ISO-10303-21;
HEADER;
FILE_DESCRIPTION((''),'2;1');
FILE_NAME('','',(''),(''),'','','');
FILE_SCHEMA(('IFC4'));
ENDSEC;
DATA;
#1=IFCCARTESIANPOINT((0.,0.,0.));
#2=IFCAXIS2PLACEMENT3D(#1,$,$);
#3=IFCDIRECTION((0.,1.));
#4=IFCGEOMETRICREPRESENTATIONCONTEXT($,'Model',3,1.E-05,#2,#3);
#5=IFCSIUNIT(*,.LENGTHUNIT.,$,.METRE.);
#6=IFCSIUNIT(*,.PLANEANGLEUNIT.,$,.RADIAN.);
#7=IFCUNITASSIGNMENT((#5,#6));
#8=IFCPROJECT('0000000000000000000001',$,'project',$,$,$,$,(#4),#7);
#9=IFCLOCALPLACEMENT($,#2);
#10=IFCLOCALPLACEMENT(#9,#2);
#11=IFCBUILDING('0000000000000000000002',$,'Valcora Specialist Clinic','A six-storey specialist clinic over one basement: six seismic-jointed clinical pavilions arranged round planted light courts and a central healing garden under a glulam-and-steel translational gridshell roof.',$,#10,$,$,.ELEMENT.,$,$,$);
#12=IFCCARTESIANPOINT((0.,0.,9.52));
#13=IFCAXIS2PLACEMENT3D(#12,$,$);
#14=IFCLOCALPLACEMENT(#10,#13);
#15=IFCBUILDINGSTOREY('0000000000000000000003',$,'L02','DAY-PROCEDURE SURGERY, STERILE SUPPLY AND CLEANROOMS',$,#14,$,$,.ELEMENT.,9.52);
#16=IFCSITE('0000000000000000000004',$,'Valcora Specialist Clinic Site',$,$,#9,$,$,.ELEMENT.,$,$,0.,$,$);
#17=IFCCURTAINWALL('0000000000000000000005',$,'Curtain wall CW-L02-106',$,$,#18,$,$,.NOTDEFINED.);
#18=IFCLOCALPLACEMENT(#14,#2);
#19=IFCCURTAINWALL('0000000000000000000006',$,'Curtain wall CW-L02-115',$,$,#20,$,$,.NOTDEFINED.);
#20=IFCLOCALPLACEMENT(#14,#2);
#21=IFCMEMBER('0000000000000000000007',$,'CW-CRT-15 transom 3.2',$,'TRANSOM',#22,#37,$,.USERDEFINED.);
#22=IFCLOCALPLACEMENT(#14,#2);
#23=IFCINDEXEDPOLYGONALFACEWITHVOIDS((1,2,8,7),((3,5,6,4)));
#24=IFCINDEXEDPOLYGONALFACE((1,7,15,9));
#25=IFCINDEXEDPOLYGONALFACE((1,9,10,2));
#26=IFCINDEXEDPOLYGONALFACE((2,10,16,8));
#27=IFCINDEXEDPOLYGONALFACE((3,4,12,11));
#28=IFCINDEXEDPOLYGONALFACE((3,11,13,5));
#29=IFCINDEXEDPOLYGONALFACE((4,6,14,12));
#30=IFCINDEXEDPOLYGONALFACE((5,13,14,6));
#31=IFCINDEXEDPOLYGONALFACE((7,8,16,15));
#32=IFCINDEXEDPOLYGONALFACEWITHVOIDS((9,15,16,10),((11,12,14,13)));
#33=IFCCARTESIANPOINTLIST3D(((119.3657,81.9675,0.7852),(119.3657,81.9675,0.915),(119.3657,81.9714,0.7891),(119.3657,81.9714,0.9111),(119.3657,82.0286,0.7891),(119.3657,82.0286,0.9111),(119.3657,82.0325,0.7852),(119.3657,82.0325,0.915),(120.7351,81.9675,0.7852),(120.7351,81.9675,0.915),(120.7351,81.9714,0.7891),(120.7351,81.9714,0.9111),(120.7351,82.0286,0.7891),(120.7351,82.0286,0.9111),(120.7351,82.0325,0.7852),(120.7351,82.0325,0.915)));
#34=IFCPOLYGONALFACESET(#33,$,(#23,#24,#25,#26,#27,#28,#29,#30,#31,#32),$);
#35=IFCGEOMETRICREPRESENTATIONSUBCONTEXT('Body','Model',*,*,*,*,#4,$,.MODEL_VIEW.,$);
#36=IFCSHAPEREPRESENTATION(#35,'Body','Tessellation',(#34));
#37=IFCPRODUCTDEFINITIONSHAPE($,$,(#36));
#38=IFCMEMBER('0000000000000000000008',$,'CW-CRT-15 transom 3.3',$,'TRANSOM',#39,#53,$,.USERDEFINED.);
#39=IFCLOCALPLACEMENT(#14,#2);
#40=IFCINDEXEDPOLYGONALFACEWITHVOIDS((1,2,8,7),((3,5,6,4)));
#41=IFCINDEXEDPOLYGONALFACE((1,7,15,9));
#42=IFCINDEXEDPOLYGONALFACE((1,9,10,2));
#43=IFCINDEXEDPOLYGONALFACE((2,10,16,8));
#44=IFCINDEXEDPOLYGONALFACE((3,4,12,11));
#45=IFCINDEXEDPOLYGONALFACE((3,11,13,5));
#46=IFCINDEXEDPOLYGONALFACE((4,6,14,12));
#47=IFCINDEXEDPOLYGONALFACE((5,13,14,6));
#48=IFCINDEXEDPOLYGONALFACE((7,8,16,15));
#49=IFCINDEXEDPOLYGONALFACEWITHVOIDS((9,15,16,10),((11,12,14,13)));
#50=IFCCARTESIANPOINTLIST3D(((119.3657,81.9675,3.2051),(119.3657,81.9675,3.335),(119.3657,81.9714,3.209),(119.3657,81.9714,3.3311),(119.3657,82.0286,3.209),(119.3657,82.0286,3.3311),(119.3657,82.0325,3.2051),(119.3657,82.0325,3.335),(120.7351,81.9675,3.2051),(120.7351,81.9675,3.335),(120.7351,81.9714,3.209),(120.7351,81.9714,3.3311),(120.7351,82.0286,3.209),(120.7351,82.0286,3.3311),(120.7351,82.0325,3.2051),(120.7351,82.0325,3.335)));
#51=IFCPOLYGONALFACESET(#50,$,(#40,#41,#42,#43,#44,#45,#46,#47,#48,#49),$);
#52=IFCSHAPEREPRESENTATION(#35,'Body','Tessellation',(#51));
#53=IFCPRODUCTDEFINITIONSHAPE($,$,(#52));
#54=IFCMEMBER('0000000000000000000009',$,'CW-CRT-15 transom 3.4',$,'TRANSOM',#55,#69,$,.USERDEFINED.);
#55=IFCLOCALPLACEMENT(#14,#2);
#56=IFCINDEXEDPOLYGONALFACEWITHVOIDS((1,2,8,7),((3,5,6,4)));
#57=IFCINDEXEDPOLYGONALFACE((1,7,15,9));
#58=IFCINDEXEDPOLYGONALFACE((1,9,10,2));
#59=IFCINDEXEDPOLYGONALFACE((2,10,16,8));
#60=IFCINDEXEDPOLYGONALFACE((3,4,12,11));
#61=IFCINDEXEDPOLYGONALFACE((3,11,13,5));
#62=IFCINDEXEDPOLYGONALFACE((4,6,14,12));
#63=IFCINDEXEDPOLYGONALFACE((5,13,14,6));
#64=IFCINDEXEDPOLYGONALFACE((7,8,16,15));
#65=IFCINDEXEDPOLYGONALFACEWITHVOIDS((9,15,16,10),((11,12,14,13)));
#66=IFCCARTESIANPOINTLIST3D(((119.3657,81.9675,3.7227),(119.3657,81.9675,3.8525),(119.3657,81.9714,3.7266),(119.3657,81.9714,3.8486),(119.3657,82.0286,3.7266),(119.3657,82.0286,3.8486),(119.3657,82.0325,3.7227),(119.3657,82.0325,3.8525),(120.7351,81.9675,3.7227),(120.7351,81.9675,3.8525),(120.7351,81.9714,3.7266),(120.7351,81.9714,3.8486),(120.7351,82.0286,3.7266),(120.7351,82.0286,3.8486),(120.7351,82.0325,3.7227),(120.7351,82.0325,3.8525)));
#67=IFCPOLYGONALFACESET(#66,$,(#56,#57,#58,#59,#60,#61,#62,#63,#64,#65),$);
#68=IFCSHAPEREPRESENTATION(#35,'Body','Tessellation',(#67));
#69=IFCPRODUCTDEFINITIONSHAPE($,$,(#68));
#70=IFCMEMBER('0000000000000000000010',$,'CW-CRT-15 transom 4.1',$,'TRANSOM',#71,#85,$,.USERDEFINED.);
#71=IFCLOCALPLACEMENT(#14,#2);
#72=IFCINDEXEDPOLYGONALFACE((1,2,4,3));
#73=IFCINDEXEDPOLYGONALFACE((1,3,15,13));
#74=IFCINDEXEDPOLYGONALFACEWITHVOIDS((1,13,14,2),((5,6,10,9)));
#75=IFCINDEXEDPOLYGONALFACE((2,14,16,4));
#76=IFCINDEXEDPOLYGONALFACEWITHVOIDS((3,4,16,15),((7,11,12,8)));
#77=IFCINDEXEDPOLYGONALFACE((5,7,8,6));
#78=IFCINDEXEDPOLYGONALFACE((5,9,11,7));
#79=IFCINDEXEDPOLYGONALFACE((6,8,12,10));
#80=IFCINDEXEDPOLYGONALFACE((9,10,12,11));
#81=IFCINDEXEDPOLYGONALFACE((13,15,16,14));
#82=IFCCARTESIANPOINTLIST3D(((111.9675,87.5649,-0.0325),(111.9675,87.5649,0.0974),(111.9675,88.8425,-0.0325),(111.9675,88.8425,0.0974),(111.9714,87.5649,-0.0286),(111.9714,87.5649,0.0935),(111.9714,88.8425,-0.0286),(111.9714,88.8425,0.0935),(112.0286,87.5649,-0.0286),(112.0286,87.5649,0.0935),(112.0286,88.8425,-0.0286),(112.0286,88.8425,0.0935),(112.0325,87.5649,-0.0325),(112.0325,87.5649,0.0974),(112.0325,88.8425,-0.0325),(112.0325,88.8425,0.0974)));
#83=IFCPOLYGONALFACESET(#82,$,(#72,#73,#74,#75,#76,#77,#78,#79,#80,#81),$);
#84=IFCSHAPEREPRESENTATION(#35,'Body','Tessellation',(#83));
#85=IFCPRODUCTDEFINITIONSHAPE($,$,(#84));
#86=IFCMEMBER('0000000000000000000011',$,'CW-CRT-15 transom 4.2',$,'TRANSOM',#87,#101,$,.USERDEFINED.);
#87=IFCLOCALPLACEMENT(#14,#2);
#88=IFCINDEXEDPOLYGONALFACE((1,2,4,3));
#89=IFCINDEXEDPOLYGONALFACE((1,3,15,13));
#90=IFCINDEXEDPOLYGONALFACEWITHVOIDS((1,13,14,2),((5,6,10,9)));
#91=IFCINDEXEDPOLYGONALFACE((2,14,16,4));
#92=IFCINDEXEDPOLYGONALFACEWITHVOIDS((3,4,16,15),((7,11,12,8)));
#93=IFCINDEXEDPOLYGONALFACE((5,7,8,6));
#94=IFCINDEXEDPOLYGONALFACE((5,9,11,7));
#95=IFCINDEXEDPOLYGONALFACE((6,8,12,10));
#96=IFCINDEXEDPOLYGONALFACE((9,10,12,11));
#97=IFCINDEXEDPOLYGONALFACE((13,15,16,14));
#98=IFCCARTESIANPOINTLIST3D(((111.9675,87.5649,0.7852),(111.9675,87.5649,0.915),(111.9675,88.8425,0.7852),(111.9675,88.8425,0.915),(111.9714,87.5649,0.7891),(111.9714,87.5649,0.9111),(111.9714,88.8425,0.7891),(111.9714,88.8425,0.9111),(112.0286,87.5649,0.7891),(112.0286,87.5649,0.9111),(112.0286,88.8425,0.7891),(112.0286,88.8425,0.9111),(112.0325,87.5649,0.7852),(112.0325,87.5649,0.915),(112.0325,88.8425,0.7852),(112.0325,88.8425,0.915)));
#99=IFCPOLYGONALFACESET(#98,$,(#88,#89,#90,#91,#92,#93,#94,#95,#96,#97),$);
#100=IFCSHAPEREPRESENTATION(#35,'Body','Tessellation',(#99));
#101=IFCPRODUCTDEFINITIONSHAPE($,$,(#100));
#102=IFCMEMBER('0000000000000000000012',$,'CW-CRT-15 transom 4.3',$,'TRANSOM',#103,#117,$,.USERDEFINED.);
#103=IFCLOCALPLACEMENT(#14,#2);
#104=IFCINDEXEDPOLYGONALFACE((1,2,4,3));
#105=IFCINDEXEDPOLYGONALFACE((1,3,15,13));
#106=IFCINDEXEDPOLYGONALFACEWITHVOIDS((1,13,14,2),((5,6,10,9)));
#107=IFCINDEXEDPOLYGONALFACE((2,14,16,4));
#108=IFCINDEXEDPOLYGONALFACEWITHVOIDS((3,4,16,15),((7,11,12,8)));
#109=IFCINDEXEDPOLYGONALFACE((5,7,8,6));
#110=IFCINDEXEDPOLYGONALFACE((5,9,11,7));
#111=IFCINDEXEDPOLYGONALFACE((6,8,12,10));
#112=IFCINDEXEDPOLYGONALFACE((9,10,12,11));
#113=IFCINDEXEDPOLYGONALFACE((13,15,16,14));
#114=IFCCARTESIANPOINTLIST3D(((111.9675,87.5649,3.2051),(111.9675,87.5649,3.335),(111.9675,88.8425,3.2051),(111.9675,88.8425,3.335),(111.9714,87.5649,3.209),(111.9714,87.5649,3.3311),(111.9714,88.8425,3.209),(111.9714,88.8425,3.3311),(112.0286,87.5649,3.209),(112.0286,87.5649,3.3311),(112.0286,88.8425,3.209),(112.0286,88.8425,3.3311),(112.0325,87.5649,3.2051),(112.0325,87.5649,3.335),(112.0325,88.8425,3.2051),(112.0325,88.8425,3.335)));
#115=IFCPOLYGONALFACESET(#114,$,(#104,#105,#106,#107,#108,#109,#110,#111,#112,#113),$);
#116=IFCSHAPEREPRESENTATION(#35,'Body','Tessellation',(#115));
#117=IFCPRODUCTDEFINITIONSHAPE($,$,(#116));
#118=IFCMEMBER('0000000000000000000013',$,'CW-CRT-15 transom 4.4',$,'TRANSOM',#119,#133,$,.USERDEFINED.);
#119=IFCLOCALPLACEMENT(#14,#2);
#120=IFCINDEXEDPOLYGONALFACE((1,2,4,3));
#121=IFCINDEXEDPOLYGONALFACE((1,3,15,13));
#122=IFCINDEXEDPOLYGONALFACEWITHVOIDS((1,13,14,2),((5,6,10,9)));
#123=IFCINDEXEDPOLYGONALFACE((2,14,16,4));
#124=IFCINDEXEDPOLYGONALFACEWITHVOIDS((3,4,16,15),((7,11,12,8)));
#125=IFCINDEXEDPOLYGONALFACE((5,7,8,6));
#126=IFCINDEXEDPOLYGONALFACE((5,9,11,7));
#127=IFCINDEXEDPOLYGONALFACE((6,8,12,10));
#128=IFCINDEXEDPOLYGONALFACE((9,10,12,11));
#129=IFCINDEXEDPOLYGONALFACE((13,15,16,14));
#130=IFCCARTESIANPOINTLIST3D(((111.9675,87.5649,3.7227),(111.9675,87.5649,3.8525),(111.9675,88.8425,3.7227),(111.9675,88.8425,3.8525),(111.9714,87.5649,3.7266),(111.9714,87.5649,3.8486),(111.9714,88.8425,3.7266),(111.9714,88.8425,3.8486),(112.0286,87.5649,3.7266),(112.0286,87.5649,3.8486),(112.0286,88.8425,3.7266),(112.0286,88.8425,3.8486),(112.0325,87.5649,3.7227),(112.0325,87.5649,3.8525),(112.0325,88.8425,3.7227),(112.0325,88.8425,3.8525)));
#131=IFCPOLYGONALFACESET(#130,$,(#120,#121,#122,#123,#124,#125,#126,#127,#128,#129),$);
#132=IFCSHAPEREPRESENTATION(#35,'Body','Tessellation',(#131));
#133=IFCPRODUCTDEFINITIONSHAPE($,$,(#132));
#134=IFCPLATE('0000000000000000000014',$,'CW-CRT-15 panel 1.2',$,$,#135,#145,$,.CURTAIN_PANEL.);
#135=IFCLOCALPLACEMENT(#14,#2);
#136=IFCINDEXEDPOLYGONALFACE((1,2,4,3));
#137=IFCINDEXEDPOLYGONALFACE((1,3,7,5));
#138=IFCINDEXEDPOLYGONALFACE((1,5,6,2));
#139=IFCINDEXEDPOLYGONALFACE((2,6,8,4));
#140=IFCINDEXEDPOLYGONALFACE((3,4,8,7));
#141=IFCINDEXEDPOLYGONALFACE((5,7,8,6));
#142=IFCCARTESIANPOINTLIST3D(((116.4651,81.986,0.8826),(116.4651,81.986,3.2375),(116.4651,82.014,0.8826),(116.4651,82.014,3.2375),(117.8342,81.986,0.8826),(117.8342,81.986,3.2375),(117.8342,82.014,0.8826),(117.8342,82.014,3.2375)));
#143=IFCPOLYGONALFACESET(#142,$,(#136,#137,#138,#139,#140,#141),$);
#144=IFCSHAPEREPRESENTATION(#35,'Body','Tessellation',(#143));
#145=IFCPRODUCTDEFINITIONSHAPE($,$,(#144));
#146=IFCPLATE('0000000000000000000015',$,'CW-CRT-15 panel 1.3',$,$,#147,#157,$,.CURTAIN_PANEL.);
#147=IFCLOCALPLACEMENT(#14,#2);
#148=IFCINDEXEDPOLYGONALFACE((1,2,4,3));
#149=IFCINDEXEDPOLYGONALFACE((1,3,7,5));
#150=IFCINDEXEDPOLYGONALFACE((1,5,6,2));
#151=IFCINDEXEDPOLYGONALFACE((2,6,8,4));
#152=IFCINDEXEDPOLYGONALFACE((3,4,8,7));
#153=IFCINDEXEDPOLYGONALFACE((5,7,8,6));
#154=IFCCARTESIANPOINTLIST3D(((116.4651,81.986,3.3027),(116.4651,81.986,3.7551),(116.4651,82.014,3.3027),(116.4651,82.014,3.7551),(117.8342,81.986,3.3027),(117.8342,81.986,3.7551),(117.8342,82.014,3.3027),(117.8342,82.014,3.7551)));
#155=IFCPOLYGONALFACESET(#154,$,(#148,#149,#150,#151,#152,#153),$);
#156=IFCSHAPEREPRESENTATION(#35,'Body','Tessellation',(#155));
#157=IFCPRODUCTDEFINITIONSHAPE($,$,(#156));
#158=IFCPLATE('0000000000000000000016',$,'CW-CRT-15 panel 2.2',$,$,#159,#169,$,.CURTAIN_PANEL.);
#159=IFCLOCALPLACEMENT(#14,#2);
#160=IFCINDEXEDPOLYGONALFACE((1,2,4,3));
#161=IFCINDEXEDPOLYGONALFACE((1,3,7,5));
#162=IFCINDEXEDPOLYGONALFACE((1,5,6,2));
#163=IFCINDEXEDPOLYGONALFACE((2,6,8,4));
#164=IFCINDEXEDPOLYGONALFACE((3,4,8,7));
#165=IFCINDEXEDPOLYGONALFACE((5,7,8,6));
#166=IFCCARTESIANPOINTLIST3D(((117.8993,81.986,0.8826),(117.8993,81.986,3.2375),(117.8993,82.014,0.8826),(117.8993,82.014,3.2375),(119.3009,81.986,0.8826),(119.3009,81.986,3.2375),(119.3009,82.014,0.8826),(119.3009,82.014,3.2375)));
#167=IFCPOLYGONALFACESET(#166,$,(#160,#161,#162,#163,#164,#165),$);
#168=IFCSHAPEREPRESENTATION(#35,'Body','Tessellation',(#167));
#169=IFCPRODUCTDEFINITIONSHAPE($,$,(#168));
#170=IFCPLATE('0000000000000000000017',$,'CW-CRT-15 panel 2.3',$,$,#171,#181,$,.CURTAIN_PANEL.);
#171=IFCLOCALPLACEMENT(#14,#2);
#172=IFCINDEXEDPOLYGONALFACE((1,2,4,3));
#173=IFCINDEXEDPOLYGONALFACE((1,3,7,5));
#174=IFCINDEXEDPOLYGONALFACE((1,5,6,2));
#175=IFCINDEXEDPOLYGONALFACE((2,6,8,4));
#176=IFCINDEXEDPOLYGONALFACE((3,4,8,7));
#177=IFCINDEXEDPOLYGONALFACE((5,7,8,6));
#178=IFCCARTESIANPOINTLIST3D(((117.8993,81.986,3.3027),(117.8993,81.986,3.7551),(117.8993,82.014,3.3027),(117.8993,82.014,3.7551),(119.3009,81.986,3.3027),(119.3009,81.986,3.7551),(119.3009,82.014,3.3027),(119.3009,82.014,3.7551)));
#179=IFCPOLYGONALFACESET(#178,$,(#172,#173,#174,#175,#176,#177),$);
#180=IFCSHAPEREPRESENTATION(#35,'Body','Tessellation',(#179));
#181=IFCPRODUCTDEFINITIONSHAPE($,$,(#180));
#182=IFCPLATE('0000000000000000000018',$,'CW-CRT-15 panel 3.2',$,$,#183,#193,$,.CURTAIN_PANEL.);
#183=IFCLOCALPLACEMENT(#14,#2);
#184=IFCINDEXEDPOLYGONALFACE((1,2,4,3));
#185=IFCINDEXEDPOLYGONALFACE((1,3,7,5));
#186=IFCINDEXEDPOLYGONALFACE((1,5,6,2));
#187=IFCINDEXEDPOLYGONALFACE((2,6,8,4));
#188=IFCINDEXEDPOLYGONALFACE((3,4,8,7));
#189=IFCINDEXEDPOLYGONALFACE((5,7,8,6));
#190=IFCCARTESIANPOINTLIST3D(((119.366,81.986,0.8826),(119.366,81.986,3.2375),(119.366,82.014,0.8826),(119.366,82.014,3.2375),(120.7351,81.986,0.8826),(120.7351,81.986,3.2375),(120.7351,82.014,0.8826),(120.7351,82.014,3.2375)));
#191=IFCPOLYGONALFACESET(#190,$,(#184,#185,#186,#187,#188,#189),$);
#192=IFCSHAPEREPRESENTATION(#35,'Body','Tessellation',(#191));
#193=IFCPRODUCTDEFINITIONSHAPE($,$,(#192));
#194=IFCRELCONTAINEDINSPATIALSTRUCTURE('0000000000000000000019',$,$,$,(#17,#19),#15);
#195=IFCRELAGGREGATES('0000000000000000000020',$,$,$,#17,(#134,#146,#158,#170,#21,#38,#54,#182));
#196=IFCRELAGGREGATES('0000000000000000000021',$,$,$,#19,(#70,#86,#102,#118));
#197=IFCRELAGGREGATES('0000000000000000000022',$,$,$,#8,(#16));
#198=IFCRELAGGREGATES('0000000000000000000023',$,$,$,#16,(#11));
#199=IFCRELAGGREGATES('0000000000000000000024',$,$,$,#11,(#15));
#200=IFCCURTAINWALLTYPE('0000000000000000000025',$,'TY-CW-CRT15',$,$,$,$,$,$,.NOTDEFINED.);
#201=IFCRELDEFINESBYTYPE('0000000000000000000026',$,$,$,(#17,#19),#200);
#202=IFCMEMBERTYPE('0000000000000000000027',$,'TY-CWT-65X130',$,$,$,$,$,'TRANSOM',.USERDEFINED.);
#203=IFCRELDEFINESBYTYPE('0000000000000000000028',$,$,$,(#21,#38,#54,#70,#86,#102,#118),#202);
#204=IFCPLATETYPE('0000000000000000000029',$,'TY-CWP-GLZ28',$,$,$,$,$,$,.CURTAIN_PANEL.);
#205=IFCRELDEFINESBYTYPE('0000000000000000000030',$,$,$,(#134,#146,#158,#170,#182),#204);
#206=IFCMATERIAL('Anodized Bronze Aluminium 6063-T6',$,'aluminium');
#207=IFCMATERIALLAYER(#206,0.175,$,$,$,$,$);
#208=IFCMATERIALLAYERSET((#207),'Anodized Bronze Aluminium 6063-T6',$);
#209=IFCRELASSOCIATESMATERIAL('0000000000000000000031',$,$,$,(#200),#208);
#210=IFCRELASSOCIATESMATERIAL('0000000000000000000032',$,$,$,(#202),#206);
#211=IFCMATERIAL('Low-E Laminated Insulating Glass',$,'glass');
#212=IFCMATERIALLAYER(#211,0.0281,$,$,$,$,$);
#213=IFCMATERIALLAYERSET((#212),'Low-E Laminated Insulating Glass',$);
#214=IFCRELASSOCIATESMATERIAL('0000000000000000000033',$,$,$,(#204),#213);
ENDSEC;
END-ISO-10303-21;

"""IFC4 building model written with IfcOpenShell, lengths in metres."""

from ifc_helpers import new_model, si_unit, direction, frame, origin, origin_2d, place, context, subcontext, project, spatial, rectangle, hollow_rectangle, extrude, material, layer, layer_set, material_profile, profile_set, type_object, element, aggregate, save


model = new_model("IFC4")

# Units and contexts
model_context = context("Model", 3, precision=1e-05, world=origin(), true_north=direction((0.0, 1.0)))
body_context = subcontext(model_context, "Body", "Model", "MODEL_VIEW")
ifc_project = project(units=[si_unit("LENGTHUNIT", "METRE"), si_unit("PLANEANGLEUNIT", "RADIAN")], contexts=[model_context])

# Site, building, storey
site_placement = place(None, origin())
site = spatial("IfcSite", under=ifc_project, at=site_placement, Name="Valcora Specialist Clinic Site", CompositionType="ELEMENT", RefElevation=0.0)
building_placement = place(site_placement, origin())
building = spatial("IfcBuilding", under=site, at=building_placement, Name="Valcora Specialist Clinic", Description="A six-storey specialist clinic over one basement: six seismic-jointed clinical pavilions arranged round planted light courts and a central healing garden under a glulam-and-steel translational gridshell roof.", CompositionType="ELEMENT")
storey_placement = place(building_placement, frame((0.0, 0.0, 9.52)))
storey = spatial("IfcBuildingStorey", under=building, at=storey_placement, Name="L02", Description="DAY-PROCEDURE SURGERY, STERILE SUPPLY AND CLEANROOMS", CompositionType="ELEMENT", Elevation=9.52)

# Curtain walls
ifc_material_1 = material(Name="Anodized Bronze Aluminium 6063-T6", Category="aluminium")
ifc_layer_1 = layer(ifc_material_1, 0.175)
ifc_layer_set_1 = layer_set([ifc_layer_1], Name="Anodized Bronze Aluminium 6063-T6")
curtain_wall_type = type_object("IfcCurtainWallType", Name="TY-CW-CRT15", PredefinedType="NOTDEFINED", material=ifc_layer_set_1)
curtain_wall_1_placement = place(storey_placement, origin())
curtain_wall_1 = element("IfcCurtainWall", 1, at=curtain_wall_1_placement, inside=storey, type_object=curtain_wall_type, Name="Curtain wall CW-L02-106", PredefinedType="NOTDEFINED")
curtain_wall_2_placement = place(storey_placement, origin())
curtain_wall_2 = element("IfcCurtainWall", 2, at=curtain_wall_2_placement, inside=storey, type_object=curtain_wall_type, Name="Curtain wall CW-L02-115", PredefinedType="NOTDEFINED")

# Members
ifc_material_profile_1 = material_profile(ifc_material_1, hollow_rectangle(XDim=0.0649, YDim=0.1299, WallThickness=0.0039, at=origin_2d()), Name="AL-TRN-65X130")
ifc_profile_set_1 = profile_set([ifc_material_profile_1], Name="Anodized Bronze Aluminium 6063-T6")
member_type_1 = type_object("IfcMemberType", Name="TY-CWT-65X130", ElementType="TRANSOM", PredefinedType="USERDEFINED", material=ifc_profile_set_1)
member_1_placement = place(storey_placement, frame((119.3657, 82.0, 0.8501), z_axis=(1.0, 0.0, 0.0), x_axis=(0.0, 1.0, 0.0)))
member_1 = element("IfcMember", 3, at=member_1_placement, type_object=member_type_1, Name="CW-CRT-15 transom 3.2", ObjectType="TRANSOM", PredefinedType="USERDEFINED", context=body_context, shape_type="SweptSolid", body=[
    extrude(hollow_rectangle(XDim=0.0649, YDim=0.1299, WallThickness=0.0039, at=origin_2d()), origin(), (0.0, 0.0, 1.0), 1.3694),
])
member_2_placement = place(storey_placement, frame((119.3657, 82.0, 3.27), z_axis=(1.0, 0.0, 0.0), x_axis=(0.0, 1.0, 0.0)))
member_2 = element("IfcMember", 4, at=member_2_placement, type_object=member_type_1, Name="CW-CRT-15 transom 3.3", ObjectType="TRANSOM", PredefinedType="USERDEFINED", context=body_context, shape_type="SweptSolid", body=[
    extrude(hollow_rectangle(XDim=0.0649, YDim=0.1299, WallThickness=0.0039, at=origin_2d()), origin(), (0.0, 0.0, 1.0), 1.3694),
])
member_3_placement = place(storey_placement, frame((119.3657, 82.0, 3.7876), z_axis=(1.0, 0.0, 0.0), x_axis=(0.0, 1.0, 0.0)))
member_3 = element("IfcMember", 5, at=member_3_placement, type_object=member_type_1, Name="CW-CRT-15 transom 3.4", ObjectType="TRANSOM", PredefinedType="USERDEFINED", context=body_context, shape_type="SweptSolid", body=[
    extrude(hollow_rectangle(XDim=0.0649, YDim=0.1299, WallThickness=0.0039, at=origin_2d()), origin(), (0.0, 0.0, 1.0), 1.3694),
])
member_4_placement = place(storey_placement, frame((112.0, 88.8425, 0.0325), z_axis=(0.0, -1.0, 0.0), x_axis=(1.0, 0.0, 0.0)))
member_4 = element("IfcMember", 6, at=member_4_placement, type_object=member_type_1, Name="CW-CRT-15 transom 4.1", ObjectType="TRANSOM", PredefinedType="USERDEFINED", context=body_context, shape_type="SweptSolid", body=[
    extrude(hollow_rectangle(XDim=0.0649, YDim=0.1299, WallThickness=0.0039, at=origin_2d()), origin(), (0.0, 0.0, 1.0), 1.2776),
])
member_5_placement = place(storey_placement, frame((112.0, 88.8425, 0.8501), z_axis=(0.0, -1.0, 0.0), x_axis=(1.0, 0.0, 0.0)))
member_5 = element("IfcMember", 7, at=member_5_placement, type_object=member_type_1, Name="CW-CRT-15 transom 4.2", ObjectType="TRANSOM", PredefinedType="USERDEFINED", context=body_context, shape_type="SweptSolid", body=[
    extrude(hollow_rectangle(XDim=0.0649, YDim=0.1299, WallThickness=0.0039, at=origin_2d()), origin(), (0.0, 0.0, 1.0), 1.2776),
])
member_6_placement = place(storey_placement, frame((112.0, 88.8425, 3.27), z_axis=(0.0, -1.0, 0.0), x_axis=(1.0, 0.0, 0.0)))
member_6 = element("IfcMember", 8, at=member_6_placement, type_object=member_type_1, Name="CW-CRT-15 transom 4.3", ObjectType="TRANSOM", PredefinedType="USERDEFINED", context=body_context, shape_type="SweptSolid", body=[
    extrude(hollow_rectangle(XDim=0.0649, YDim=0.1299, WallThickness=0.0039, at=origin_2d()), origin(), (0.0, 0.0, 1.0), 1.2776),
])
member_7_placement = place(storey_placement, frame((112.0, 88.8425, 3.7876), z_axis=(0.0, -1.0, 0.0), x_axis=(1.0, 0.0, 0.0)))
member_7 = element("IfcMember", 9, at=member_7_placement, type_object=member_type_1, Name="CW-CRT-15 transom 4.4", ObjectType="TRANSOM", PredefinedType="USERDEFINED", context=body_context, shape_type="SweptSolid", body=[
    extrude(hollow_rectangle(XDim=0.0649, YDim=0.1299, WallThickness=0.0039, at=origin_2d()), origin(), (0.0, 0.0, 1.0), 1.2776),
])

# Plates
ifc_material_2 = material(Name="Low-E Laminated Insulating Glass", Category="glass")
ifc_layer_2 = layer(ifc_material_2, 0.0281)
ifc_layer_set_2 = layer_set([ifc_layer_2], Name="Low-E Laminated Insulating Glass")
plate_type_1 = type_object("IfcPlateType", Name="TY-CWP-GLZ28", PredefinedType="CURTAIN_PANEL", material=ifc_layer_set_2)
plate_1_placement = place(storey_placement, frame((117.1497, 82.0, 0.8826), z_axis=(0.0, 0.0, 1.0), x_axis=(1.0, 0.0, 0.0)))
plate_1 = element("IfcPlate", 10, at=plate_1_placement, type_object=plate_type_1, Name="CW-CRT-15 panel 1.2", PredefinedType="CURTAIN_PANEL", context=body_context, shape_type="SweptSolid", body=[
    extrude(rectangle(XDim=1.3691, YDim=0.0281, at=origin_2d()), origin(), (0.0, 0.0, 1.0), 2.355),
])
plate_2_placement = place(storey_placement, frame((117.1497, 82.0, 3.3027), z_axis=(0.0, 0.0, 1.0), x_axis=(1.0, 0.0, 0.0)))
plate_2 = element("IfcPlate", 11, at=plate_2_placement, type_object=plate_type_1, Name="CW-CRT-15 panel 1.3", PredefinedType="CURTAIN_PANEL", context=body_context, shape_type="SweptSolid", body=[
    extrude(rectangle(XDim=1.3691, YDim=0.0281, at=origin_2d()), origin(), (0.0, 0.0, 1.0), 0.4524),
])
plate_3_placement = place(storey_placement, frame((118.6001, 82.0, 0.8826), z_axis=(0.0, 0.0, 1.0), x_axis=(1.0, 0.0, 0.0)))
plate_3 = element("IfcPlate", 12, at=plate_3_placement, type_object=plate_type_1, Name="CW-CRT-15 panel 2.2", PredefinedType="CURTAIN_PANEL", context=body_context, shape_type="SweptSolid", body=[
    extrude(rectangle(XDim=1.4016, YDim=0.0281, at=origin_2d()), origin(), (0.0, 0.0, 1.0), 2.355),
])
plate_4_placement = place(storey_placement, frame((118.6001, 82.0, 3.3027), z_axis=(0.0, 0.0, 1.0), x_axis=(1.0, 0.0, 0.0)))
plate_4 = element("IfcPlate", 13, at=plate_4_placement, type_object=plate_type_1, Name="CW-CRT-15 panel 2.3", PredefinedType="CURTAIN_PANEL", context=body_context, shape_type="SweptSolid", body=[
    extrude(rectangle(XDim=1.4016, YDim=0.0281, at=origin_2d()), origin(), (0.0, 0.0, 1.0), 0.4524),
])
plate_5_placement = place(storey_placement, frame((120.0505, 82.0, 0.8826), z_axis=(0.0, 0.0, 1.0), x_axis=(1.0, 0.0, 0.0)))
plate_5 = element("IfcPlate", 14, at=plate_5_placement, type_object=plate_type_1, Name="CW-CRT-15 panel 3.2", PredefinedType="CURTAIN_PANEL", context=body_context, shape_type="SweptSolid", body=[
    extrude(rectangle(XDim=1.3691, YDim=0.0281, at=origin_2d()), origin(), (0.0, 0.0, 1.0), 2.355),
])
aggregate(curtain_wall_1, [plate_1, plate_2, plate_3, plate_4, member_1, member_2, member_3, plate_5])
aggregate(curtain_wall_2, [member_4, member_5, member_6, member_7])

save(model, "model.ifc")
